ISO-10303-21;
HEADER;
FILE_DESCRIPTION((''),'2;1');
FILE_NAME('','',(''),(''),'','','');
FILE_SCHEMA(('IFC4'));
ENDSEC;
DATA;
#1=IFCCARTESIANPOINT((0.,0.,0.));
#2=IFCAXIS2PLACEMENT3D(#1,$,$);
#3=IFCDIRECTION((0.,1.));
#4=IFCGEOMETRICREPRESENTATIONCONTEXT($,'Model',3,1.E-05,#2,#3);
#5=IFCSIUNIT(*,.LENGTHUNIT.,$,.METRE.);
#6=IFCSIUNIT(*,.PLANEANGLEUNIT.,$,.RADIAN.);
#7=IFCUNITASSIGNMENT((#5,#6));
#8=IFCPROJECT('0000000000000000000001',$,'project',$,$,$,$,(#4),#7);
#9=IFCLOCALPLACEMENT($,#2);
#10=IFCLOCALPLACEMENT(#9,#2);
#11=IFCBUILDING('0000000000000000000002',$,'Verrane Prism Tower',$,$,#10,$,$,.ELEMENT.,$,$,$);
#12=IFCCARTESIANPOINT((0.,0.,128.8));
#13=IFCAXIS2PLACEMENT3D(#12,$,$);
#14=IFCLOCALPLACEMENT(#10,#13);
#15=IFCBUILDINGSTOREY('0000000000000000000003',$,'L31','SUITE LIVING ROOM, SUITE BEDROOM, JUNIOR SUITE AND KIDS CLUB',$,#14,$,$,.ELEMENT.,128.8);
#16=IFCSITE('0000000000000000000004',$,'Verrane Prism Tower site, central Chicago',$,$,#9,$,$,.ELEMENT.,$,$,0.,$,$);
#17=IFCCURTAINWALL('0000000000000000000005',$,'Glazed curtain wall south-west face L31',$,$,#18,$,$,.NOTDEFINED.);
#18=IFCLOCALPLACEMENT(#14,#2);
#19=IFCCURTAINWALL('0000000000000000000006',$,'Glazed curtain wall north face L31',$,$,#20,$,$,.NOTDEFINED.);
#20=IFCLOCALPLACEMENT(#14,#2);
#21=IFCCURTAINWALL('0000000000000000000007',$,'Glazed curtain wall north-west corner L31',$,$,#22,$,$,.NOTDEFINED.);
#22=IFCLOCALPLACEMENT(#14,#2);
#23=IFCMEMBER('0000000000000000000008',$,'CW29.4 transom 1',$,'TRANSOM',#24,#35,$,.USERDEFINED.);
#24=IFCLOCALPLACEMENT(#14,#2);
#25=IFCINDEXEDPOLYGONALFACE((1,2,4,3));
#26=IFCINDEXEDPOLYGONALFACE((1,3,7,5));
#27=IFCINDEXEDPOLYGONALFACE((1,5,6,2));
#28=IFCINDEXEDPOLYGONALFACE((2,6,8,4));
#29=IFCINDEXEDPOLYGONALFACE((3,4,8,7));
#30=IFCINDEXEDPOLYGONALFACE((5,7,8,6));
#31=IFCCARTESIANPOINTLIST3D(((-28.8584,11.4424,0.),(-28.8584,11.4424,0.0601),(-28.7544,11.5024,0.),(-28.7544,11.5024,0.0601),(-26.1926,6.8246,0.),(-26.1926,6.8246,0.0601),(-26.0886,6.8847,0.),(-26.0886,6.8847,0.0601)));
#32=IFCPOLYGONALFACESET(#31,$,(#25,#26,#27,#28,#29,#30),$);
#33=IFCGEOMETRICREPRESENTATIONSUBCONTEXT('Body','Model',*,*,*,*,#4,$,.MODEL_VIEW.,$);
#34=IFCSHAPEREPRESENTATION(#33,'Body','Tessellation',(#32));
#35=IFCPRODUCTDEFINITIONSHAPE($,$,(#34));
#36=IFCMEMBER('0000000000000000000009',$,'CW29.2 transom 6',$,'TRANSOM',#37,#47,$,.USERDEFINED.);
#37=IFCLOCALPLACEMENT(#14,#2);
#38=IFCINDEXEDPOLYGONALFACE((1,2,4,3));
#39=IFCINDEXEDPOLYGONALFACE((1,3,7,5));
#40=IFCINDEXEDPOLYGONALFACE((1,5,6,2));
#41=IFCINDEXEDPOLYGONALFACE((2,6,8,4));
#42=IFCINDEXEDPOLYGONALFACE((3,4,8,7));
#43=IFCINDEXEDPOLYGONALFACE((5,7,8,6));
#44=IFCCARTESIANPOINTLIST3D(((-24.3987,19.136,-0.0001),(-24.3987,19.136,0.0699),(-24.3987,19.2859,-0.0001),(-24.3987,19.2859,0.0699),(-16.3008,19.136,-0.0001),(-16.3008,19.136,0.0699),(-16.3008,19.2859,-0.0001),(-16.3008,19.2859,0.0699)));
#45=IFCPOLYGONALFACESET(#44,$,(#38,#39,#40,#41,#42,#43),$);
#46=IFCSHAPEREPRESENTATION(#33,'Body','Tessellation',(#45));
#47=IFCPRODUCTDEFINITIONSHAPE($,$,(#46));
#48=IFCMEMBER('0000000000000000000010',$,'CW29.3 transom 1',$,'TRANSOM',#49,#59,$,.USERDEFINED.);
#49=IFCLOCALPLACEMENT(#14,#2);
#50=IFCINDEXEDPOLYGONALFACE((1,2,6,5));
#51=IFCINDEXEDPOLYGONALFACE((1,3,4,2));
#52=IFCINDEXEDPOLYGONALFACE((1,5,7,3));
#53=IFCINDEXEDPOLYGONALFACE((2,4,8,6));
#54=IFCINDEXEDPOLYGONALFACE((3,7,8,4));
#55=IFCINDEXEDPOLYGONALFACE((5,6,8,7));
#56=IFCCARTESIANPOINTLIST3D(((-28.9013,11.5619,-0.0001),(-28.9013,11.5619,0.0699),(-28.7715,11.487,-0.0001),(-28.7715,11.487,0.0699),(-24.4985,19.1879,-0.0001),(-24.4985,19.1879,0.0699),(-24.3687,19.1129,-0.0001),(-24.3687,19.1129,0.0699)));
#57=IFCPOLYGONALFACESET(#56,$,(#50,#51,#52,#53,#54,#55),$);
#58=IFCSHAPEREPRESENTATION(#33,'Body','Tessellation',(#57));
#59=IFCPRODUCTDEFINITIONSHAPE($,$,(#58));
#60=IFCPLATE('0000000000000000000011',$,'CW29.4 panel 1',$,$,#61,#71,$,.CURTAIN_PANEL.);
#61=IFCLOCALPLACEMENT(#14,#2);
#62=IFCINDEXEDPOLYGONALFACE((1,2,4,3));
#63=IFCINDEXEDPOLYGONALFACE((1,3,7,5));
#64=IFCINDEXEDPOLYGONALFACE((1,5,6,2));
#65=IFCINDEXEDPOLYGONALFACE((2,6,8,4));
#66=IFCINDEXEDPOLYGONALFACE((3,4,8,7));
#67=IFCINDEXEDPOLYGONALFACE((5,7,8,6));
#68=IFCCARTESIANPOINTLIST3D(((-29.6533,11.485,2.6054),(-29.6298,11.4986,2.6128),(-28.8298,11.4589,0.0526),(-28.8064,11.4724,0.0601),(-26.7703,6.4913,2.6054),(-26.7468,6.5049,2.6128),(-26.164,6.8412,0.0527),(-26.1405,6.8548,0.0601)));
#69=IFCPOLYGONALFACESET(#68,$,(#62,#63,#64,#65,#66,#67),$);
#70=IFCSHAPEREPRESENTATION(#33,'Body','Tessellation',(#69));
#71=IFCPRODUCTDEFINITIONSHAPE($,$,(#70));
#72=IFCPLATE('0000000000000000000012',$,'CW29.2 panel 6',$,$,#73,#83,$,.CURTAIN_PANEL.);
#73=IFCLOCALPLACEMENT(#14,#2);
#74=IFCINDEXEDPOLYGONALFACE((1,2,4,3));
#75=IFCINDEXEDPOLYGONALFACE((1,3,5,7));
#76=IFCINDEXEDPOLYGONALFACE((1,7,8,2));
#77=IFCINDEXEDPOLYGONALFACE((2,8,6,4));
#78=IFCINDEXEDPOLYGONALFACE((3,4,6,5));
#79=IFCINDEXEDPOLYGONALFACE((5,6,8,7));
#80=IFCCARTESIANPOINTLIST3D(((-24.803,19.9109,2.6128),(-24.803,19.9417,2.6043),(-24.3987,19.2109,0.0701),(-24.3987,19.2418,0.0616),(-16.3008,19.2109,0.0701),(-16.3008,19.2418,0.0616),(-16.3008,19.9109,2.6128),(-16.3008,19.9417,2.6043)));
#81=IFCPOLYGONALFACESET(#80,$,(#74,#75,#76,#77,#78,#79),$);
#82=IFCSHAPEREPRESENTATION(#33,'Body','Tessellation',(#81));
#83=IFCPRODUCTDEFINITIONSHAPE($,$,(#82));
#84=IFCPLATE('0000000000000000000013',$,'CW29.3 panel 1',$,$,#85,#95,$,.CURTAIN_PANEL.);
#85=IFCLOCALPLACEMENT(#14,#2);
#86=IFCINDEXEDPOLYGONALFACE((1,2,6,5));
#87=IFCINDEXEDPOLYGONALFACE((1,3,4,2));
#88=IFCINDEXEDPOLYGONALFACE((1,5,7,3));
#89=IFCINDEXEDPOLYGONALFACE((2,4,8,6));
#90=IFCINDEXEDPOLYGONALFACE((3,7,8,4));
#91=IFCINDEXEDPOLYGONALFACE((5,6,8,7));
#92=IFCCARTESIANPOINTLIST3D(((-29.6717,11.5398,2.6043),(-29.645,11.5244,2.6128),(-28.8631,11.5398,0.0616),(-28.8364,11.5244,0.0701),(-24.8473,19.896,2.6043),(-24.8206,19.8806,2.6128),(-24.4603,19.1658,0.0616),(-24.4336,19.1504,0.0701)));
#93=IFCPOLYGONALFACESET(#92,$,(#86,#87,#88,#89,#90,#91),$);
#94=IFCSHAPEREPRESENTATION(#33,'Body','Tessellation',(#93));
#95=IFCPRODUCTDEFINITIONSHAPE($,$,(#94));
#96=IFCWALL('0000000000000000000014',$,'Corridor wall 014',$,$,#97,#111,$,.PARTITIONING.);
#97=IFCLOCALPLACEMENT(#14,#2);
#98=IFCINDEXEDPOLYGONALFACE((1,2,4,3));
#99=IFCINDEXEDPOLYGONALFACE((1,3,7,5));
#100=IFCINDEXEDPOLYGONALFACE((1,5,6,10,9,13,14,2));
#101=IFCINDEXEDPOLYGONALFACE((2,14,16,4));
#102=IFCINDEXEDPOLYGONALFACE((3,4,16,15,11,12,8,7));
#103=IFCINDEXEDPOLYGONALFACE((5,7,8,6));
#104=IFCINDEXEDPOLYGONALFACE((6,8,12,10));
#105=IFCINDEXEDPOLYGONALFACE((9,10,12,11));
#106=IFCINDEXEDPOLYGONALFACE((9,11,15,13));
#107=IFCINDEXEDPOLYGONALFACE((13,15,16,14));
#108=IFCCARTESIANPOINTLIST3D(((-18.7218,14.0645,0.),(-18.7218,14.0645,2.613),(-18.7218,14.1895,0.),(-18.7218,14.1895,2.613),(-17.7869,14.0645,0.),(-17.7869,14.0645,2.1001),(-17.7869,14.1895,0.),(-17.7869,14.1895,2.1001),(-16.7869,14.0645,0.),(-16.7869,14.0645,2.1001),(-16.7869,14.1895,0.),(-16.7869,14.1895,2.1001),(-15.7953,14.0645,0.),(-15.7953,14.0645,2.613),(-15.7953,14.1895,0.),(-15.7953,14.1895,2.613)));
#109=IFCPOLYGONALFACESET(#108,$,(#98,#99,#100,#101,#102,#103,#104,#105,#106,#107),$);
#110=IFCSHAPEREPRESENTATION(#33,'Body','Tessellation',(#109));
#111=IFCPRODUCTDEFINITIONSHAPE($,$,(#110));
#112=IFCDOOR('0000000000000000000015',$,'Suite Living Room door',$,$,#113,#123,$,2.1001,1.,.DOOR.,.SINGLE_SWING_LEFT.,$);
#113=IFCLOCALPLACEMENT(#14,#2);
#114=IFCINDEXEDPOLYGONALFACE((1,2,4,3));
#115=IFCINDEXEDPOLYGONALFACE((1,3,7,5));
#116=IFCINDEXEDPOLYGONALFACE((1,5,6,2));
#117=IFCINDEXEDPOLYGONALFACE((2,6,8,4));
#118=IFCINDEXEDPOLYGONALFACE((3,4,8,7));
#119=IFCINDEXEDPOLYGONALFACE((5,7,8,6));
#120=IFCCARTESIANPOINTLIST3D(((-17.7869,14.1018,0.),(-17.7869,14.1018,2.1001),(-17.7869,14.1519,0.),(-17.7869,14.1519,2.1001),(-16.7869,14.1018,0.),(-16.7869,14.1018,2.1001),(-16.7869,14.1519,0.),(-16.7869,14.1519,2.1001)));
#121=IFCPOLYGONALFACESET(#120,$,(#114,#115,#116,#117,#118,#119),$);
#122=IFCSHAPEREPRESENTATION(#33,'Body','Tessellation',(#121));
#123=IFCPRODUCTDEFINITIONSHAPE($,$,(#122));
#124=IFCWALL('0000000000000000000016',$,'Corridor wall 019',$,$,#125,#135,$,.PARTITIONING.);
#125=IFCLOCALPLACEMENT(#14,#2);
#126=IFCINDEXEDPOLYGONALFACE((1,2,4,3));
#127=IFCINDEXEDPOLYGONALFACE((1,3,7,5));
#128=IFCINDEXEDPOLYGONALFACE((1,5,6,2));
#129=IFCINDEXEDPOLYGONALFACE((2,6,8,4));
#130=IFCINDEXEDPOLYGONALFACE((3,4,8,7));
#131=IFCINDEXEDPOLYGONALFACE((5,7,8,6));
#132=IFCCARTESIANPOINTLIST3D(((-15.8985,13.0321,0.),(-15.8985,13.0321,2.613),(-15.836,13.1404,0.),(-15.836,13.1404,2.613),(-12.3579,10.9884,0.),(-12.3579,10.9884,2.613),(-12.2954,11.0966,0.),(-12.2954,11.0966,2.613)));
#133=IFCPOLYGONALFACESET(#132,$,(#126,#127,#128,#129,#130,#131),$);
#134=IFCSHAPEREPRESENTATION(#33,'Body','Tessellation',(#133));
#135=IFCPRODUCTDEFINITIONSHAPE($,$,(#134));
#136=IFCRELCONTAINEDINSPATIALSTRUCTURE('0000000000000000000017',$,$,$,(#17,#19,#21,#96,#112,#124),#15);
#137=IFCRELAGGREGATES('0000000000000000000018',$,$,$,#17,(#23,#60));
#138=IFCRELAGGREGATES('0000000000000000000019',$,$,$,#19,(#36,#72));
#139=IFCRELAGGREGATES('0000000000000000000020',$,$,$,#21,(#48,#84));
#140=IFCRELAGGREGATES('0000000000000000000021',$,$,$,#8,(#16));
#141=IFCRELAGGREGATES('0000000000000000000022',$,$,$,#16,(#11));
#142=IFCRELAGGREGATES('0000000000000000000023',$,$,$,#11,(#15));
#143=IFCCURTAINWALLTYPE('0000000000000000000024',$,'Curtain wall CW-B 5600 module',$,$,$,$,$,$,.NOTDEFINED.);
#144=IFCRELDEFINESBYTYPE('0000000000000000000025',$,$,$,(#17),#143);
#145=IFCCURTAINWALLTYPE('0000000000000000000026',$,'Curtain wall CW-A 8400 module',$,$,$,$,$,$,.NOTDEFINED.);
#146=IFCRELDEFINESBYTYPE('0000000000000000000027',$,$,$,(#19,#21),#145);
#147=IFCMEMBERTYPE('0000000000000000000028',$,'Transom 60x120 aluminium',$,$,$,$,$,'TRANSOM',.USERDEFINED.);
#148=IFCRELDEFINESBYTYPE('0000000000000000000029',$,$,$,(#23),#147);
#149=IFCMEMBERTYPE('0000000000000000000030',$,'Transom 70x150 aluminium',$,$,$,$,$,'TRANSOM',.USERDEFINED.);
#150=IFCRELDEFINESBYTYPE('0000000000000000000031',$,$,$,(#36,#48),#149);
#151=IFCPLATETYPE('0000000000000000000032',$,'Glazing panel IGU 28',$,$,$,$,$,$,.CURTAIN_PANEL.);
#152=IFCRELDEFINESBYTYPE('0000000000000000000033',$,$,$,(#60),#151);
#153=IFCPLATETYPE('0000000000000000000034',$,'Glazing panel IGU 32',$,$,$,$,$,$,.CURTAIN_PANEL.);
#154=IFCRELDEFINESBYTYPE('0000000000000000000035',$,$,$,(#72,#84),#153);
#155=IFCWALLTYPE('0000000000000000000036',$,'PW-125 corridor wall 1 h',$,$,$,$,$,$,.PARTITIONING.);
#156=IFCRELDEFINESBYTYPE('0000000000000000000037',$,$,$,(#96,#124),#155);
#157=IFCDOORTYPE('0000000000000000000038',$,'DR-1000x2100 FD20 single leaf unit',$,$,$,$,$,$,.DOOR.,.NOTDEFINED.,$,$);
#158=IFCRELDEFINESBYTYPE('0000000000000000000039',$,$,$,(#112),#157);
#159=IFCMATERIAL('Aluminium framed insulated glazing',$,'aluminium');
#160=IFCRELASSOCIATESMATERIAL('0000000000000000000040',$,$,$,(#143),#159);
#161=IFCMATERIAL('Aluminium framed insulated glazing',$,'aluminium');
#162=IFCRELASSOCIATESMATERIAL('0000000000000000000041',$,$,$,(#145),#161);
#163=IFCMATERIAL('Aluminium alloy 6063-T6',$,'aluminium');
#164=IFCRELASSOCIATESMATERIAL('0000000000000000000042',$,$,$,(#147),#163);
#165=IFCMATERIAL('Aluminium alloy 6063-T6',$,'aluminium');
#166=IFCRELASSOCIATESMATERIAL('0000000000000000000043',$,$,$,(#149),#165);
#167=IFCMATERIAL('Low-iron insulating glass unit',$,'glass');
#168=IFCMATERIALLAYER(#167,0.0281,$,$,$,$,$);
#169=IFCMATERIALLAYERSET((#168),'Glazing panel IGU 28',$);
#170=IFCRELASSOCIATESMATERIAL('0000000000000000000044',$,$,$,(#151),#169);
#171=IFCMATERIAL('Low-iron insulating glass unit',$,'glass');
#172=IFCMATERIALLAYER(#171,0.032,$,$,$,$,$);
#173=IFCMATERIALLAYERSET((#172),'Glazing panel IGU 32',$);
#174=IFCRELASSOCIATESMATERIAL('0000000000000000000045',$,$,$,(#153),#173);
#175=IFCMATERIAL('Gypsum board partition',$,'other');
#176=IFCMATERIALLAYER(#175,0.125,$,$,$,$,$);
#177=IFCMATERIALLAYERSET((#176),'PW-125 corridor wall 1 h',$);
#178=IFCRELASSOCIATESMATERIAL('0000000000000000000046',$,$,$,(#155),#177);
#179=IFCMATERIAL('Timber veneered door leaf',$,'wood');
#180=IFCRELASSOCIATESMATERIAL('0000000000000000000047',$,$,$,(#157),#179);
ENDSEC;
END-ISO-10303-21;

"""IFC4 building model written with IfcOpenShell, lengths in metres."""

from ifc_helpers import new_model, si_unit, direction, frame, frame_2d, origin, origin_2d, place, context, subcontext, project, spatial, polyline, rectangle, outline, extrude, material, layer, layer_set, material_profile, profile_set, type_object, element, fill, aggregate, save


model = new_model("IFC4")

# Units and contexts
model_context = context("Model", 3, precision=1e-05, world=origin(), true_north=direction((0.0, 1.0)))
body_context = subcontext(model_context, "Body", "Model", "MODEL_VIEW")
ifc_project = project(units=[si_unit("LENGTHUNIT", "METRE"), si_unit("PLANEANGLEUNIT", "RADIAN")], contexts=[model_context])

# Site, building, storey
site_placement = place(None, origin())
site = spatial("IfcSite", under=ifc_project, at=site_placement, Name="Verrane Prism Tower site, central Chicago", CompositionType="ELEMENT", RefElevation=0.0)
building_placement = place(site_placement, origin())
building = spatial("IfcBuilding", under=site, at=building_placement, Name="Verrane Prism Tower", CompositionType="ELEMENT")
storey_placement = place(building_placement, frame((0.0, 0.0, 128.8)))
storey = spatial("IfcBuildingStorey", under=building, at=storey_placement, Name="L31", Description="SUITE LIVING ROOM, SUITE BEDROOM, JUNIOR SUITE AND KIDS CLUB", CompositionType="ELEMENT", Elevation=128.8)

# Curtain walls
ifc_material_1 = material(Name="Aluminium framed insulated glazing", Category="aluminium")
curtain_wall_type_1 = type_object("IfcCurtainWallType", Name="Curtain wall CW-B 5600 module", PredefinedType="NOTDEFINED", material=ifc_material_1)
curtain_wall_1_placement = place(storey_placement, origin())
curtain_wall_1 = element("IfcCurtainWall", 1, at=curtain_wall_1_placement, inside=storey, type_object=curtain_wall_type_1, Name="Glazed curtain wall south-west face L31", PredefinedType="NOTDEFINED")
ifc_material_2 = material(Name="Aluminium framed insulated glazing", Category="aluminium")
curtain_wall_type_2 = type_object("IfcCurtainWallType", Name="Curtain wall CW-A 8400 module", PredefinedType="NOTDEFINED", material=ifc_material_2)
curtain_wall_2_placement = place(storey_placement, origin())
curtain_wall_2 = element("IfcCurtainWall", 2, at=curtain_wall_2_placement, inside=storey, type_object=curtain_wall_type_2, Name="Glazed curtain wall north face L31", PredefinedType="NOTDEFINED")
curtain_wall_3_placement = place(storey_placement, origin())
curtain_wall_3 = element("IfcCurtainWall", 3, at=curtain_wall_3_placement, inside=storey, type_object=curtain_wall_type_2, Name="Glazed curtain wall north-west corner L31", PredefinedType="NOTDEFINED")

# Members
ifc_material_3 = material(Name="Aluminium alloy 6063-T6", Category="aluminium")
ifc_material_profile_1 = material_profile(ifc_material_3, rectangle(XDim=0.1201, YDim=0.0601, at=origin_2d()), Name="Transom 60x120 aluminium")
ifc_profile_set_1 = profile_set([ifc_material_profile_1], Name="Aluminium alloy 6063-T6")
member_type_1 = type_object("IfcMemberType", Name="Transom 60x120 aluminium", ElementType="TRANSOM", PredefinedType="USERDEFINED", material=ifc_profile_set_1)
member_1_placement = place(storey_placement, frame((-28.8064, 11.4724, 0.03), z_axis=(0.499966, -0.866045, 0.0), x_axis=(0.866045, 0.499966, 0.0)))
member_1 = element("IfcMember", 4, at=member_1_placement, type_object=member_type_1, Name="CW29.4 transom 1", ObjectType="TRANSOM", PredefinedType="USERDEFINED", context=body_context, shape_type="SweptSolid", body=[
    extrude(rectangle(XDim=0.1201, YDim=0.0601, at=origin_2d()), origin(), (0.0, 0.0, 1.0), 5.332),
])
ifc_material_4 = material(Name="Aluminium alloy 6063-T6", Category="aluminium")
ifc_material_profile_2 = material_profile(ifc_material_4, rectangle(XDim=0.1499, YDim=0.0701, at=origin_2d()), Name="Transom 70x150 aluminium")
ifc_profile_set_2 = profile_set([ifc_material_profile_2], Name="Aluminium alloy 6063-T6")
member_type_2 = type_object("IfcMemberType", Name="Transom 70x150 aluminium", ElementType="TRANSOM", PredefinedType="USERDEFINED", material=ifc_profile_set_2)
member_2_placement = place(storey_placement, frame((-16.3008, 19.2109, 0.0349), z_axis=(-1.0, 0.0, 0.0), x_axis=(0.0, -1.0, 0.0)))
member_2 = element("IfcMember", 5, at=member_2_placement, type_object=member_type_2, Name="CW29.2 transom 6", ObjectType="TRANSOM", PredefinedType="USERDEFINED", context=body_context, shape_type="SweptSolid", body=[
    extrude(rectangle(XDim=0.1499, YDim=0.0701, at=origin_2d()), origin(), (0.0, 0.0, 1.0), 8.0979),
])
member_3_placement = place(storey_placement, frame((-24.4336, 19.1504, 0.0349), z_axis=(-0.499998, -0.866027, 0.0), x_axis=(0.866027, -0.499998, 0.0)))
member_3 = element("IfcMember", 6, at=member_3_placement, type_object=member_type_2, Name="CW29.3 transom 1", ObjectType="TRANSOM", PredefinedType="USERDEFINED", context=body_context, shape_type="SweptSolid", body=[
    extrude(rectangle(XDim=0.1499, YDim=0.0701, at=origin_2d()), origin(), (0.0, 0.0, 1.0), 8.8057),
])

# Plates
ifc_material_5 = material(Name="Low-iron insulating glass unit", Category="glass")
ifc_layer_1 = layer(ifc_material_5, 0.0281)
ifc_layer_set_1 = layer_set([ifc_layer_1], Name="Glazing panel IGU 28")
plate_type_1 = type_object("IfcPlateType", Name="Glazing panel IGU 28", PredefinedType="CURTAIN_PANEL", material=ifc_layer_set_1)
plate_1_placement = place(storey_placement, frame((-28.8064, 11.4724, 0.0601), z_axis=(0.835203, 0.482181, 0.264457), x_axis=(0.49998, -0.866037, 0.000005)))
plate_1 = element("IfcPlate", 7, at=plate_1_placement, type_object=plate_type_1, Name="CW29.4 panel 1", PredefinedType="CURTAIN_PANEL", context=body_context, shape_type="SweptSolid", body=[
    extrude(outline(polyline([(0.0, 0.0), (5.3319, 0.0), (5.3318, -2.6469), (-0.4343, -2.647), (0.0, 0.0)])), origin(), (0.0, 0.0, -1.0), 0.0281),
])
aggregate(curtain_wall_1, [member_1, plate_1])
ifc_material_6 = material(Name="Low-iron insulating glass unit", Category="glass")
ifc_layer_2 = layer(ifc_material_6, 0.032)
ifc_layer_set_2 = layer_set([ifc_layer_2], Name="Glazing panel IGU 32")
plate_type_2 = type_object("IfcPlateType", Name="Glazing panel IGU 32", PredefinedType="CURTAIN_PANEL", material=ifc_layer_set_2)
plate_2_placement = place(storey_placement, frame((-16.3008, 19.2109, 0.0701), z_axis=(0.0, -0.964137, 0.265404), x_axis=(-1.0, 0.0, 0.0)))
plate_2 = element("IfcPlate", 8, at=plate_2_placement, type_object=plate_type_2, Name="CW29.2 panel 6", PredefinedType="CURTAIN_PANEL", context=body_context, shape_type="SweptSolid", body=[
    extrude(outline(polyline([(0.0, 0.0), (8.0979, 0.0), (8.5022, -2.6373), (0.0, -2.6373), (0.0, 0.0)])), origin(), (0.0, 0.0, -1.0), 0.032),
])
aggregate(curtain_wall_2, [member_2, plate_2])
plate_3_placement = place(storey_placement, frame((-24.4336, 19.1504, 0.0701), z_axis=(0.834943, -0.482054, 0.265508), x_axis=(-0.499999, -0.866026, 0.0)))
plate_3 = element("IfcPlate", 9, at=plate_3_placement, type_object=plate_type_2, Name="CW29.3 panel 1", PredefinedType="CURTAIN_PANEL", context=body_context, shape_type="SweptSolid", body=[
    extrude(outline(polyline([(0.0, 0.0), (8.8057, 0.0), (9.21, -2.6374), (-0.4389, -2.6374), (0.0, 0.0)])), origin(), (0.0, 0.0, -1.0), 0.032),
])
aggregate(curtain_wall_3, [member_3, plate_3])

# Wall, opening, door
ifc_material_7 = material(Name="Gypsum board partition", Category="other")
ifc_layer_3 = layer(ifc_material_7, 0.125)
ifc_layer_set_3 = layer_set([ifc_layer_3], Name="PW-125 corridor wall 1 h")
wall_type = type_object("IfcWallType", Name="PW-125 corridor wall 1 h", PredefinedType="PARTITIONING", material=ifc_layer_set_3)
wall_1_placement = place(storey_placement, frame((-18.7219, 14.127, 0.0), z_axis=(0.0, 0.0, 1.0), x_axis=(1.0, 0.0, 0.0)))
wall_1 = element("IfcWall", 10, at=wall_1_placement, inside=storey, type_object=wall_type, Name="Corridor wall 014", PredefinedType="PARTITIONING", context=body_context, shape_type="SweptSolid", body=[
    extrude(rectangle(XDim=2.9265, YDim=0.125, at=frame_2d((1.4634, 0.0))), origin(), (0.0, 0.0, 1.0), 2.613),
])
opening_placement = place(wall_1_placement, frame((0.9351, 0.0, 0.0)))
opening = element("IfcOpeningElement", 11, at=opening_placement, cuts=wall_1, PredefinedType="OPENING", context=body_context, shape_type="SweptSolid", body=[
    extrude(rectangle(XDim=1.0, YDim=2.1001, at=frame_2d((0.5, 1.05))), frame((0.0, 0.0725, 0.0), z_axis=(0.0, -1.0, 0.0), x_axis=(1.0, 0.0, 0.0)), (0.0, 0.0, 1.0), 0.145),
])
ifc_material_8 = material(Name="Timber veneered door leaf", Category="wood")
door_type = type_object("IfcDoorType", Name="DR-1000x2100 FD20 single leaf unit", OperationType="NOTDEFINED", PredefinedType="DOOR", material=ifc_material_8)
door_placement = place(opening_placement, origin())
door = element("IfcDoor", 12, at=door_placement, inside=storey, type_object=door_type, Name="Suite Living Room door", OperationType="SINGLE_SWING_LEFT", OverallHeight=2.1001, OverallWidth=1.0, PredefinedType="DOOR", context=body_context, shape_type="SweptSolid", body=[
    extrude(rectangle(XDim=1.0, YDim=2.1001, at=frame_2d((0.5, 1.05))), frame((0.0, 0.0249, 0.0), z_axis=(0.0, -1.0, 0.0), x_axis=(1.0, 0.0, 0.0)), (0.0, 0.0, 1.0), 0.05),
])
fill(opening, door)

# Wall
wall_2_placement = place(storey_placement, frame((-15.8672, 13.0862, 0.0), z_axis=(0.0, 0.0, 1.0), x_axis=(0.86607, -0.499922, 0.0)))
element("IfcWall", 13, at=wall_2_placement, inside=storey, type_object=wall_type, Name="Corridor wall 019", PredefinedType="PARTITIONING", context=body_context, shape_type="SweptSolid", body=[
    extrude(rectangle(XDim=4.0881, YDim=0.125, at=frame_2d((2.0439, 0.0))), origin(), (0.0, 0.0, 1.0), 2.613),
])

save(model, "model.ifc")
